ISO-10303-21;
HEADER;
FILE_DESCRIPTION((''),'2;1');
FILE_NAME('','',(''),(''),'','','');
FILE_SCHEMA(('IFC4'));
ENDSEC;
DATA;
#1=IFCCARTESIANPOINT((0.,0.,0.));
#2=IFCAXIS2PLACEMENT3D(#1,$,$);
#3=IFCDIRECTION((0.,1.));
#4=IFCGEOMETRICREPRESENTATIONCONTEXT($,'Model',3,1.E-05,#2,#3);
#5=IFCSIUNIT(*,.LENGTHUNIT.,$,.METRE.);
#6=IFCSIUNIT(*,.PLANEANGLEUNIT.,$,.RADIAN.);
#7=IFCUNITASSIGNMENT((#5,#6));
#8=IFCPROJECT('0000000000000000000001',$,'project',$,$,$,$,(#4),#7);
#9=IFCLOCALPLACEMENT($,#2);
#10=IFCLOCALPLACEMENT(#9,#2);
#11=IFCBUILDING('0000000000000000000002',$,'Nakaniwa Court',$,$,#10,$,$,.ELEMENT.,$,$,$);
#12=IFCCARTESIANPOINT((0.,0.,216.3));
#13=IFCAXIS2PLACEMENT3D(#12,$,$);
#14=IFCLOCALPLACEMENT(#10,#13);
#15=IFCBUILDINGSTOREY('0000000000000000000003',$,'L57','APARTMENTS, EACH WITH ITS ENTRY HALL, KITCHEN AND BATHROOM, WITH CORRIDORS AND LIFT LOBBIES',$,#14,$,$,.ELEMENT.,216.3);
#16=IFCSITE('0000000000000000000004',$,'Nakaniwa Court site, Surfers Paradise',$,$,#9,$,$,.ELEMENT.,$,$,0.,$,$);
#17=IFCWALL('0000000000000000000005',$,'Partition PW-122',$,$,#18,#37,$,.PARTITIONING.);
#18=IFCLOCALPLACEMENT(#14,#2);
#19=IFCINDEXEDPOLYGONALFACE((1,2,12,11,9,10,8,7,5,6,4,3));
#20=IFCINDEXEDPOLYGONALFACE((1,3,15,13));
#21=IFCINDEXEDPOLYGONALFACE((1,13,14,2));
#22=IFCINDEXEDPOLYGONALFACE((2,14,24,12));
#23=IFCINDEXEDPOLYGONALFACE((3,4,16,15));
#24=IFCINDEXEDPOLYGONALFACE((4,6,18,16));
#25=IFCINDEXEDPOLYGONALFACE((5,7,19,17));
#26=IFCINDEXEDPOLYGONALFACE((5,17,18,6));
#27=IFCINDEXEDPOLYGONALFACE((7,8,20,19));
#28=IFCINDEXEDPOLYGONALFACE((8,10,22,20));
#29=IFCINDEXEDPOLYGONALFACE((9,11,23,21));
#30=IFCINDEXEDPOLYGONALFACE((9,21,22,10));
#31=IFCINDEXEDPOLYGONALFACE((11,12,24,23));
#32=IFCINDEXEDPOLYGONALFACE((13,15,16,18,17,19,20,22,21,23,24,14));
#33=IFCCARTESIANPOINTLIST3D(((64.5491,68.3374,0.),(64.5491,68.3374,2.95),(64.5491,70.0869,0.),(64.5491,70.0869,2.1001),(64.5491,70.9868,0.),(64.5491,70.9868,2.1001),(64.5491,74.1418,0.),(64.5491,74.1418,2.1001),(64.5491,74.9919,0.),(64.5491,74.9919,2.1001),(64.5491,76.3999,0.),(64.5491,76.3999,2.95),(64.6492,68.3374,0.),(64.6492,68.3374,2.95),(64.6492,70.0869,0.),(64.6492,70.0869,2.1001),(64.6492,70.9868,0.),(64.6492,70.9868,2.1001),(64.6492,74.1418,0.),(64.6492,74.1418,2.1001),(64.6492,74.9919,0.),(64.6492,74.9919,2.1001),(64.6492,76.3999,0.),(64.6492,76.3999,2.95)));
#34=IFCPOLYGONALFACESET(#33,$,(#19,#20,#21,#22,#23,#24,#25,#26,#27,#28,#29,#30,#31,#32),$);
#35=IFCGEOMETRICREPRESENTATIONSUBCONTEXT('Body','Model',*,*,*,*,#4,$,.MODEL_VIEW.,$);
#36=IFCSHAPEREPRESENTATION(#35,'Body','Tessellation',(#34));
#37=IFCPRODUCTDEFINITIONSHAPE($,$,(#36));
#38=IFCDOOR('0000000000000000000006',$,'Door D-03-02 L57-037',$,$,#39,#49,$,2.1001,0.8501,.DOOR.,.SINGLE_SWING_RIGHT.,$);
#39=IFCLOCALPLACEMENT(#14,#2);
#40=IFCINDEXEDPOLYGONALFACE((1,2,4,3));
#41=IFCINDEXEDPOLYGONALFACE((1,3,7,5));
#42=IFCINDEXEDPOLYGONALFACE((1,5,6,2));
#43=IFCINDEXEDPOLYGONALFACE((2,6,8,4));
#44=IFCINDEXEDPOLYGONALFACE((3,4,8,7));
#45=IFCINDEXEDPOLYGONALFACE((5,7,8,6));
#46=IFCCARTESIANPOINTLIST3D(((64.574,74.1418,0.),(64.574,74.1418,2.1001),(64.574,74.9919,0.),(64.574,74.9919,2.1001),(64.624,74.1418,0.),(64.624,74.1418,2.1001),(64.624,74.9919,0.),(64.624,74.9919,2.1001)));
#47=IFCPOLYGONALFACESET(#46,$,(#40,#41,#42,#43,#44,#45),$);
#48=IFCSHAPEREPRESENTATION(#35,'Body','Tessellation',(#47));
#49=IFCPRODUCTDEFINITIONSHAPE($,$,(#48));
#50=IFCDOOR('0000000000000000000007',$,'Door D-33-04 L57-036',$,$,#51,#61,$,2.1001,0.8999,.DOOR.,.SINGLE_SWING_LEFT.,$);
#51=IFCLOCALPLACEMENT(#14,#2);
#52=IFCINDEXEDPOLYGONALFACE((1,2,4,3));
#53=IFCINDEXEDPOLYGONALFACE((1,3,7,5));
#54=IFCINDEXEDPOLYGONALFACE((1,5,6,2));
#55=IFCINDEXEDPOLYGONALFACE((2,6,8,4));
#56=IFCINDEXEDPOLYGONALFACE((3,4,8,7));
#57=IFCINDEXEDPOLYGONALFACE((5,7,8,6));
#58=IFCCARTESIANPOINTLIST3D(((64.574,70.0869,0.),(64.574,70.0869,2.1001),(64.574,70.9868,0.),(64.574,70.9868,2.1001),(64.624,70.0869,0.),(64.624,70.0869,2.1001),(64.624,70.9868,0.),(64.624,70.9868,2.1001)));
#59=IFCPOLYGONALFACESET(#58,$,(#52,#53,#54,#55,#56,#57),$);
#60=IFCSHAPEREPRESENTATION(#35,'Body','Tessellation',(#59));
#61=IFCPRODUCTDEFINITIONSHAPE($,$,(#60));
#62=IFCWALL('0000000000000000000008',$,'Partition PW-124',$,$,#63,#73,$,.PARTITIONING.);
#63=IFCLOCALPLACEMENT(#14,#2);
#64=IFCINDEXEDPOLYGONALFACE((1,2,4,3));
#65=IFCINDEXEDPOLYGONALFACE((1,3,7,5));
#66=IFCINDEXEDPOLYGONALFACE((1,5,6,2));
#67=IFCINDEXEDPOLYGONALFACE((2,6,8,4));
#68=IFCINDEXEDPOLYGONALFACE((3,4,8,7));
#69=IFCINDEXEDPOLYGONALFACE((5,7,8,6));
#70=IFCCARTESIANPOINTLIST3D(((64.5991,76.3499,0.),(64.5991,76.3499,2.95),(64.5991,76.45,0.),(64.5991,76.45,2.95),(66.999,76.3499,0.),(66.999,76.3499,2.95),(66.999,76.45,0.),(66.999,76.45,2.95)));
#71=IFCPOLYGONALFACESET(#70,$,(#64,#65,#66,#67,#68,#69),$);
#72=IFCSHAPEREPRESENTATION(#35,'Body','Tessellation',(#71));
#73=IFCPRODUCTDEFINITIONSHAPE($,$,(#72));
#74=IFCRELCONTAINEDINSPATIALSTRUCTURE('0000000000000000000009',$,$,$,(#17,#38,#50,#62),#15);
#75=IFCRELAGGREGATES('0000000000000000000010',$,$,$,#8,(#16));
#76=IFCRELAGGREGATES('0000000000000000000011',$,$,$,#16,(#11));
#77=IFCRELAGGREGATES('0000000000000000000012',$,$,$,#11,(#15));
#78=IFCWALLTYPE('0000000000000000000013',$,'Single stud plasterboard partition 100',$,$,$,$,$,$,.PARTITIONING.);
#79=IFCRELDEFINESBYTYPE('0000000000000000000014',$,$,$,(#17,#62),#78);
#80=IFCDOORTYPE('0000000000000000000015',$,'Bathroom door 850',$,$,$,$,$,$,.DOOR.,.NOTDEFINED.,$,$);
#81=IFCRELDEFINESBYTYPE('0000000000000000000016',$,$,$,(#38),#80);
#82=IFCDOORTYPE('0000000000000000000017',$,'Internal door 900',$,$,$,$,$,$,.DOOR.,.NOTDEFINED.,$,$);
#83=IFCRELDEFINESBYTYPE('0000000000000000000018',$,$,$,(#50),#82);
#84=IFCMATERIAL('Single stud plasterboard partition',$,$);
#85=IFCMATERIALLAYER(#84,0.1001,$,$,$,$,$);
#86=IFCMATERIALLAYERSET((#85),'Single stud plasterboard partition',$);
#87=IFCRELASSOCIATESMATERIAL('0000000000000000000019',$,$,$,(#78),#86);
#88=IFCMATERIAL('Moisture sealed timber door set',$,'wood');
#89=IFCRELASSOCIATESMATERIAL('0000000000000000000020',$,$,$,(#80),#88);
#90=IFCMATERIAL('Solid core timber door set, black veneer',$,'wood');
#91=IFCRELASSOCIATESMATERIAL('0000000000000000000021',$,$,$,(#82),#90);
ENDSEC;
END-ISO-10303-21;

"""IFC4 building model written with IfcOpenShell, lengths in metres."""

from ifc_helpers import new_model, si_unit, direction, frame, frame_2d, origin, place, context, subcontext, project, spatial, rectangle, extrude, material, layer, layer_set, type_object, element, fill, save


model = new_model("IFC4")

# Units and contexts
model_context = context("Model", 3, precision=1e-05, world=origin(), true_north=direction((0.0, 1.0)))
body_context = subcontext(model_context, "Body", "Model", "MODEL_VIEW")
ifc_project = project(units=[si_unit("LENGTHUNIT", "METRE"), si_unit("PLANEANGLEUNIT", "RADIAN")], contexts=[model_context])

# Site, building, storey
site_placement = place(None, origin())
site = spatial("IfcSite", under=ifc_project, at=site_placement, Name="Nakaniwa Court site, Surfers Paradise", CompositionType="ELEMENT", RefElevation=0.0)
building_placement = place(site_placement, origin())
building = spatial("IfcBuilding", under=site, at=building_placement, Name="Nakaniwa Court", CompositionType="ELEMENT")
storey_placement = place(building_placement, frame((0.0, 0.0, 216.3)))
storey = spatial("IfcBuildingStorey", under=building, at=storey_placement, Name="L57", Description="APARTMENTS, EACH WITH ITS ENTRY HALL, KITCHEN AND BATHROOM, WITH CORRIDORS AND LIFT LOBBIES", CompositionType="ELEMENT", Elevation=216.3)

# Shared definitions
ifc_material_1 = material(Name="Solid core timber door set, black veneer", Category="wood")

# Wall, openings, doors
ifc_material_2 = material(Name="Single stud plasterboard partition")
ifc_layer_1 = layer(ifc_material_2, 0.1001)
ifc_layer_set_1 = layer_set([ifc_layer_1], Name="Single stud plasterboard partition")
wall_type_1 = type_object("IfcWallType", Name="Single stud plasterboard partition 100", PredefinedType="PARTITIONING", material=ifc_layer_set_1)
wall_1_placement = place(storey_placement, frame((64.5991, 76.3999, 0.0), z_axis=(0.0, 0.0, 1.0), x_axis=(0.0, -1.0, 0.0)))
wall_1 = element("IfcWall", 1, at=wall_1_placement, inside=storey, type_object=wall_type_1, Name="Partition PW-122", PredefinedType="PARTITIONING", context=body_context, shape_type="SweptSolid", body=[
    extrude(rectangle(XDim=8.0625, YDim=0.1001, at=frame_2d((4.0312, 0.0))), origin(), (0.0, 0.0, 1.0), 2.95),
])
opening_1_placement = place(wall_1_placement, frame((5.4131, 0.0, 0.0)))
opening_1 = element("IfcOpeningElement", 2, at=opening_1_placement, cuts=wall_1, PredefinedType="OPENING", context=body_context, shape_type="SweptSolid", body=[
    extrude(rectangle(XDim=0.8999, YDim=2.1001, at=frame_2d((0.45, 1.05))), frame((0.0, 0.0601, 0.0), z_axis=(0.0, -1.0, 0.0), x_axis=(1.0, 0.0, 0.0)), (0.0, 0.0, 1.0), 0.1201),
])
opening_2_placement = place(wall_1_placement, frame((1.408, 0.0, 0.0)))
opening_2 = element("IfcOpeningElement", 3, at=opening_2_placement, cuts=wall_1, PredefinedType="OPENING", context=body_context, shape_type="SweptSolid", body=[
    extrude(rectangle(XDim=0.8501, YDim=2.1001, at=frame_2d((0.425, 1.05))), frame((0.0, 0.0601, 0.0), z_axis=(0.0, -1.0, 0.0), x_axis=(1.0, 0.0, 0.0)), (0.0, 0.0, 1.0), 0.1201),
])
ifc_material_3 = material(Name="Moisture sealed timber door set", Category="wood")
door_type_1 = type_object("IfcDoorType", Name="Bathroom door 850", OperationType="NOTDEFINED", PredefinedType="DOOR", material=ifc_material_3)
door_1_placement = place(opening_2_placement, origin())
door_1 = element("IfcDoor", 4, at=door_1_placement, inside=storey, type_object=door_type_1, Name="Door D-03-02 L57-037", OperationType="SINGLE_SWING_RIGHT", OverallHeight=2.1001, OverallWidth=0.8501, PredefinedType="DOOR", context=body_context, shape_type="SweptSolid", body=[
    extrude(rectangle(XDim=0.8501, YDim=2.1001, at=frame_2d((0.425, 1.05))), frame((0.0, 0.0249, 0.0), z_axis=(0.0, -1.0, 0.0), x_axis=(1.0, 0.0, 0.0)), (0.0, 0.0, 1.0), 0.05),
])
fill(opening_2, door_1)
door_type_2 = type_object("IfcDoorType", Name="Internal door 900", OperationType="NOTDEFINED", PredefinedType="DOOR", material=ifc_material_1)
door_2_placement = place(opening_1_placement, origin())
door_2 = element("IfcDoor", 5, at=door_2_placement, inside=storey, type_object=door_type_2, Name="Door D-33-04 L57-036", OperationType="SINGLE_SWING_LEFT", OverallHeight=2.1001, OverallWidth=0.8999, PredefinedType="DOOR", context=body_context, shape_type="SweptSolid", body=[
    extrude(rectangle(XDim=0.8999, YDim=2.1001, at=frame_2d((0.45, 1.05))), frame((0.0, 0.0249, 0.0), z_axis=(0.0, -1.0, 0.0), x_axis=(1.0, 0.0, 0.0)), (0.0, 0.0, 1.0), 0.05),
])
fill(opening_1, door_2)

# Wall
wall_2_placement = place(storey_placement, frame((64.5991, 76.3999, 0.0), z_axis=(0.0, 0.0, 1.0), x_axis=(1.0, 0.0, 0.0)))
element("IfcWall", 6, at=wall_2_placement, inside=storey, type_object=wall_type_1, Name="Partition PW-124", PredefinedType="PARTITIONING", context=body_context, shape_type="SweptSolid", body=[
    extrude(rectangle(XDim=2.3999, YDim=0.1001, at=frame_2d((1.2, 0.0))), origin(), (0.0, 0.0, 1.0), 2.95),
])

save(model, "model.ifc")
